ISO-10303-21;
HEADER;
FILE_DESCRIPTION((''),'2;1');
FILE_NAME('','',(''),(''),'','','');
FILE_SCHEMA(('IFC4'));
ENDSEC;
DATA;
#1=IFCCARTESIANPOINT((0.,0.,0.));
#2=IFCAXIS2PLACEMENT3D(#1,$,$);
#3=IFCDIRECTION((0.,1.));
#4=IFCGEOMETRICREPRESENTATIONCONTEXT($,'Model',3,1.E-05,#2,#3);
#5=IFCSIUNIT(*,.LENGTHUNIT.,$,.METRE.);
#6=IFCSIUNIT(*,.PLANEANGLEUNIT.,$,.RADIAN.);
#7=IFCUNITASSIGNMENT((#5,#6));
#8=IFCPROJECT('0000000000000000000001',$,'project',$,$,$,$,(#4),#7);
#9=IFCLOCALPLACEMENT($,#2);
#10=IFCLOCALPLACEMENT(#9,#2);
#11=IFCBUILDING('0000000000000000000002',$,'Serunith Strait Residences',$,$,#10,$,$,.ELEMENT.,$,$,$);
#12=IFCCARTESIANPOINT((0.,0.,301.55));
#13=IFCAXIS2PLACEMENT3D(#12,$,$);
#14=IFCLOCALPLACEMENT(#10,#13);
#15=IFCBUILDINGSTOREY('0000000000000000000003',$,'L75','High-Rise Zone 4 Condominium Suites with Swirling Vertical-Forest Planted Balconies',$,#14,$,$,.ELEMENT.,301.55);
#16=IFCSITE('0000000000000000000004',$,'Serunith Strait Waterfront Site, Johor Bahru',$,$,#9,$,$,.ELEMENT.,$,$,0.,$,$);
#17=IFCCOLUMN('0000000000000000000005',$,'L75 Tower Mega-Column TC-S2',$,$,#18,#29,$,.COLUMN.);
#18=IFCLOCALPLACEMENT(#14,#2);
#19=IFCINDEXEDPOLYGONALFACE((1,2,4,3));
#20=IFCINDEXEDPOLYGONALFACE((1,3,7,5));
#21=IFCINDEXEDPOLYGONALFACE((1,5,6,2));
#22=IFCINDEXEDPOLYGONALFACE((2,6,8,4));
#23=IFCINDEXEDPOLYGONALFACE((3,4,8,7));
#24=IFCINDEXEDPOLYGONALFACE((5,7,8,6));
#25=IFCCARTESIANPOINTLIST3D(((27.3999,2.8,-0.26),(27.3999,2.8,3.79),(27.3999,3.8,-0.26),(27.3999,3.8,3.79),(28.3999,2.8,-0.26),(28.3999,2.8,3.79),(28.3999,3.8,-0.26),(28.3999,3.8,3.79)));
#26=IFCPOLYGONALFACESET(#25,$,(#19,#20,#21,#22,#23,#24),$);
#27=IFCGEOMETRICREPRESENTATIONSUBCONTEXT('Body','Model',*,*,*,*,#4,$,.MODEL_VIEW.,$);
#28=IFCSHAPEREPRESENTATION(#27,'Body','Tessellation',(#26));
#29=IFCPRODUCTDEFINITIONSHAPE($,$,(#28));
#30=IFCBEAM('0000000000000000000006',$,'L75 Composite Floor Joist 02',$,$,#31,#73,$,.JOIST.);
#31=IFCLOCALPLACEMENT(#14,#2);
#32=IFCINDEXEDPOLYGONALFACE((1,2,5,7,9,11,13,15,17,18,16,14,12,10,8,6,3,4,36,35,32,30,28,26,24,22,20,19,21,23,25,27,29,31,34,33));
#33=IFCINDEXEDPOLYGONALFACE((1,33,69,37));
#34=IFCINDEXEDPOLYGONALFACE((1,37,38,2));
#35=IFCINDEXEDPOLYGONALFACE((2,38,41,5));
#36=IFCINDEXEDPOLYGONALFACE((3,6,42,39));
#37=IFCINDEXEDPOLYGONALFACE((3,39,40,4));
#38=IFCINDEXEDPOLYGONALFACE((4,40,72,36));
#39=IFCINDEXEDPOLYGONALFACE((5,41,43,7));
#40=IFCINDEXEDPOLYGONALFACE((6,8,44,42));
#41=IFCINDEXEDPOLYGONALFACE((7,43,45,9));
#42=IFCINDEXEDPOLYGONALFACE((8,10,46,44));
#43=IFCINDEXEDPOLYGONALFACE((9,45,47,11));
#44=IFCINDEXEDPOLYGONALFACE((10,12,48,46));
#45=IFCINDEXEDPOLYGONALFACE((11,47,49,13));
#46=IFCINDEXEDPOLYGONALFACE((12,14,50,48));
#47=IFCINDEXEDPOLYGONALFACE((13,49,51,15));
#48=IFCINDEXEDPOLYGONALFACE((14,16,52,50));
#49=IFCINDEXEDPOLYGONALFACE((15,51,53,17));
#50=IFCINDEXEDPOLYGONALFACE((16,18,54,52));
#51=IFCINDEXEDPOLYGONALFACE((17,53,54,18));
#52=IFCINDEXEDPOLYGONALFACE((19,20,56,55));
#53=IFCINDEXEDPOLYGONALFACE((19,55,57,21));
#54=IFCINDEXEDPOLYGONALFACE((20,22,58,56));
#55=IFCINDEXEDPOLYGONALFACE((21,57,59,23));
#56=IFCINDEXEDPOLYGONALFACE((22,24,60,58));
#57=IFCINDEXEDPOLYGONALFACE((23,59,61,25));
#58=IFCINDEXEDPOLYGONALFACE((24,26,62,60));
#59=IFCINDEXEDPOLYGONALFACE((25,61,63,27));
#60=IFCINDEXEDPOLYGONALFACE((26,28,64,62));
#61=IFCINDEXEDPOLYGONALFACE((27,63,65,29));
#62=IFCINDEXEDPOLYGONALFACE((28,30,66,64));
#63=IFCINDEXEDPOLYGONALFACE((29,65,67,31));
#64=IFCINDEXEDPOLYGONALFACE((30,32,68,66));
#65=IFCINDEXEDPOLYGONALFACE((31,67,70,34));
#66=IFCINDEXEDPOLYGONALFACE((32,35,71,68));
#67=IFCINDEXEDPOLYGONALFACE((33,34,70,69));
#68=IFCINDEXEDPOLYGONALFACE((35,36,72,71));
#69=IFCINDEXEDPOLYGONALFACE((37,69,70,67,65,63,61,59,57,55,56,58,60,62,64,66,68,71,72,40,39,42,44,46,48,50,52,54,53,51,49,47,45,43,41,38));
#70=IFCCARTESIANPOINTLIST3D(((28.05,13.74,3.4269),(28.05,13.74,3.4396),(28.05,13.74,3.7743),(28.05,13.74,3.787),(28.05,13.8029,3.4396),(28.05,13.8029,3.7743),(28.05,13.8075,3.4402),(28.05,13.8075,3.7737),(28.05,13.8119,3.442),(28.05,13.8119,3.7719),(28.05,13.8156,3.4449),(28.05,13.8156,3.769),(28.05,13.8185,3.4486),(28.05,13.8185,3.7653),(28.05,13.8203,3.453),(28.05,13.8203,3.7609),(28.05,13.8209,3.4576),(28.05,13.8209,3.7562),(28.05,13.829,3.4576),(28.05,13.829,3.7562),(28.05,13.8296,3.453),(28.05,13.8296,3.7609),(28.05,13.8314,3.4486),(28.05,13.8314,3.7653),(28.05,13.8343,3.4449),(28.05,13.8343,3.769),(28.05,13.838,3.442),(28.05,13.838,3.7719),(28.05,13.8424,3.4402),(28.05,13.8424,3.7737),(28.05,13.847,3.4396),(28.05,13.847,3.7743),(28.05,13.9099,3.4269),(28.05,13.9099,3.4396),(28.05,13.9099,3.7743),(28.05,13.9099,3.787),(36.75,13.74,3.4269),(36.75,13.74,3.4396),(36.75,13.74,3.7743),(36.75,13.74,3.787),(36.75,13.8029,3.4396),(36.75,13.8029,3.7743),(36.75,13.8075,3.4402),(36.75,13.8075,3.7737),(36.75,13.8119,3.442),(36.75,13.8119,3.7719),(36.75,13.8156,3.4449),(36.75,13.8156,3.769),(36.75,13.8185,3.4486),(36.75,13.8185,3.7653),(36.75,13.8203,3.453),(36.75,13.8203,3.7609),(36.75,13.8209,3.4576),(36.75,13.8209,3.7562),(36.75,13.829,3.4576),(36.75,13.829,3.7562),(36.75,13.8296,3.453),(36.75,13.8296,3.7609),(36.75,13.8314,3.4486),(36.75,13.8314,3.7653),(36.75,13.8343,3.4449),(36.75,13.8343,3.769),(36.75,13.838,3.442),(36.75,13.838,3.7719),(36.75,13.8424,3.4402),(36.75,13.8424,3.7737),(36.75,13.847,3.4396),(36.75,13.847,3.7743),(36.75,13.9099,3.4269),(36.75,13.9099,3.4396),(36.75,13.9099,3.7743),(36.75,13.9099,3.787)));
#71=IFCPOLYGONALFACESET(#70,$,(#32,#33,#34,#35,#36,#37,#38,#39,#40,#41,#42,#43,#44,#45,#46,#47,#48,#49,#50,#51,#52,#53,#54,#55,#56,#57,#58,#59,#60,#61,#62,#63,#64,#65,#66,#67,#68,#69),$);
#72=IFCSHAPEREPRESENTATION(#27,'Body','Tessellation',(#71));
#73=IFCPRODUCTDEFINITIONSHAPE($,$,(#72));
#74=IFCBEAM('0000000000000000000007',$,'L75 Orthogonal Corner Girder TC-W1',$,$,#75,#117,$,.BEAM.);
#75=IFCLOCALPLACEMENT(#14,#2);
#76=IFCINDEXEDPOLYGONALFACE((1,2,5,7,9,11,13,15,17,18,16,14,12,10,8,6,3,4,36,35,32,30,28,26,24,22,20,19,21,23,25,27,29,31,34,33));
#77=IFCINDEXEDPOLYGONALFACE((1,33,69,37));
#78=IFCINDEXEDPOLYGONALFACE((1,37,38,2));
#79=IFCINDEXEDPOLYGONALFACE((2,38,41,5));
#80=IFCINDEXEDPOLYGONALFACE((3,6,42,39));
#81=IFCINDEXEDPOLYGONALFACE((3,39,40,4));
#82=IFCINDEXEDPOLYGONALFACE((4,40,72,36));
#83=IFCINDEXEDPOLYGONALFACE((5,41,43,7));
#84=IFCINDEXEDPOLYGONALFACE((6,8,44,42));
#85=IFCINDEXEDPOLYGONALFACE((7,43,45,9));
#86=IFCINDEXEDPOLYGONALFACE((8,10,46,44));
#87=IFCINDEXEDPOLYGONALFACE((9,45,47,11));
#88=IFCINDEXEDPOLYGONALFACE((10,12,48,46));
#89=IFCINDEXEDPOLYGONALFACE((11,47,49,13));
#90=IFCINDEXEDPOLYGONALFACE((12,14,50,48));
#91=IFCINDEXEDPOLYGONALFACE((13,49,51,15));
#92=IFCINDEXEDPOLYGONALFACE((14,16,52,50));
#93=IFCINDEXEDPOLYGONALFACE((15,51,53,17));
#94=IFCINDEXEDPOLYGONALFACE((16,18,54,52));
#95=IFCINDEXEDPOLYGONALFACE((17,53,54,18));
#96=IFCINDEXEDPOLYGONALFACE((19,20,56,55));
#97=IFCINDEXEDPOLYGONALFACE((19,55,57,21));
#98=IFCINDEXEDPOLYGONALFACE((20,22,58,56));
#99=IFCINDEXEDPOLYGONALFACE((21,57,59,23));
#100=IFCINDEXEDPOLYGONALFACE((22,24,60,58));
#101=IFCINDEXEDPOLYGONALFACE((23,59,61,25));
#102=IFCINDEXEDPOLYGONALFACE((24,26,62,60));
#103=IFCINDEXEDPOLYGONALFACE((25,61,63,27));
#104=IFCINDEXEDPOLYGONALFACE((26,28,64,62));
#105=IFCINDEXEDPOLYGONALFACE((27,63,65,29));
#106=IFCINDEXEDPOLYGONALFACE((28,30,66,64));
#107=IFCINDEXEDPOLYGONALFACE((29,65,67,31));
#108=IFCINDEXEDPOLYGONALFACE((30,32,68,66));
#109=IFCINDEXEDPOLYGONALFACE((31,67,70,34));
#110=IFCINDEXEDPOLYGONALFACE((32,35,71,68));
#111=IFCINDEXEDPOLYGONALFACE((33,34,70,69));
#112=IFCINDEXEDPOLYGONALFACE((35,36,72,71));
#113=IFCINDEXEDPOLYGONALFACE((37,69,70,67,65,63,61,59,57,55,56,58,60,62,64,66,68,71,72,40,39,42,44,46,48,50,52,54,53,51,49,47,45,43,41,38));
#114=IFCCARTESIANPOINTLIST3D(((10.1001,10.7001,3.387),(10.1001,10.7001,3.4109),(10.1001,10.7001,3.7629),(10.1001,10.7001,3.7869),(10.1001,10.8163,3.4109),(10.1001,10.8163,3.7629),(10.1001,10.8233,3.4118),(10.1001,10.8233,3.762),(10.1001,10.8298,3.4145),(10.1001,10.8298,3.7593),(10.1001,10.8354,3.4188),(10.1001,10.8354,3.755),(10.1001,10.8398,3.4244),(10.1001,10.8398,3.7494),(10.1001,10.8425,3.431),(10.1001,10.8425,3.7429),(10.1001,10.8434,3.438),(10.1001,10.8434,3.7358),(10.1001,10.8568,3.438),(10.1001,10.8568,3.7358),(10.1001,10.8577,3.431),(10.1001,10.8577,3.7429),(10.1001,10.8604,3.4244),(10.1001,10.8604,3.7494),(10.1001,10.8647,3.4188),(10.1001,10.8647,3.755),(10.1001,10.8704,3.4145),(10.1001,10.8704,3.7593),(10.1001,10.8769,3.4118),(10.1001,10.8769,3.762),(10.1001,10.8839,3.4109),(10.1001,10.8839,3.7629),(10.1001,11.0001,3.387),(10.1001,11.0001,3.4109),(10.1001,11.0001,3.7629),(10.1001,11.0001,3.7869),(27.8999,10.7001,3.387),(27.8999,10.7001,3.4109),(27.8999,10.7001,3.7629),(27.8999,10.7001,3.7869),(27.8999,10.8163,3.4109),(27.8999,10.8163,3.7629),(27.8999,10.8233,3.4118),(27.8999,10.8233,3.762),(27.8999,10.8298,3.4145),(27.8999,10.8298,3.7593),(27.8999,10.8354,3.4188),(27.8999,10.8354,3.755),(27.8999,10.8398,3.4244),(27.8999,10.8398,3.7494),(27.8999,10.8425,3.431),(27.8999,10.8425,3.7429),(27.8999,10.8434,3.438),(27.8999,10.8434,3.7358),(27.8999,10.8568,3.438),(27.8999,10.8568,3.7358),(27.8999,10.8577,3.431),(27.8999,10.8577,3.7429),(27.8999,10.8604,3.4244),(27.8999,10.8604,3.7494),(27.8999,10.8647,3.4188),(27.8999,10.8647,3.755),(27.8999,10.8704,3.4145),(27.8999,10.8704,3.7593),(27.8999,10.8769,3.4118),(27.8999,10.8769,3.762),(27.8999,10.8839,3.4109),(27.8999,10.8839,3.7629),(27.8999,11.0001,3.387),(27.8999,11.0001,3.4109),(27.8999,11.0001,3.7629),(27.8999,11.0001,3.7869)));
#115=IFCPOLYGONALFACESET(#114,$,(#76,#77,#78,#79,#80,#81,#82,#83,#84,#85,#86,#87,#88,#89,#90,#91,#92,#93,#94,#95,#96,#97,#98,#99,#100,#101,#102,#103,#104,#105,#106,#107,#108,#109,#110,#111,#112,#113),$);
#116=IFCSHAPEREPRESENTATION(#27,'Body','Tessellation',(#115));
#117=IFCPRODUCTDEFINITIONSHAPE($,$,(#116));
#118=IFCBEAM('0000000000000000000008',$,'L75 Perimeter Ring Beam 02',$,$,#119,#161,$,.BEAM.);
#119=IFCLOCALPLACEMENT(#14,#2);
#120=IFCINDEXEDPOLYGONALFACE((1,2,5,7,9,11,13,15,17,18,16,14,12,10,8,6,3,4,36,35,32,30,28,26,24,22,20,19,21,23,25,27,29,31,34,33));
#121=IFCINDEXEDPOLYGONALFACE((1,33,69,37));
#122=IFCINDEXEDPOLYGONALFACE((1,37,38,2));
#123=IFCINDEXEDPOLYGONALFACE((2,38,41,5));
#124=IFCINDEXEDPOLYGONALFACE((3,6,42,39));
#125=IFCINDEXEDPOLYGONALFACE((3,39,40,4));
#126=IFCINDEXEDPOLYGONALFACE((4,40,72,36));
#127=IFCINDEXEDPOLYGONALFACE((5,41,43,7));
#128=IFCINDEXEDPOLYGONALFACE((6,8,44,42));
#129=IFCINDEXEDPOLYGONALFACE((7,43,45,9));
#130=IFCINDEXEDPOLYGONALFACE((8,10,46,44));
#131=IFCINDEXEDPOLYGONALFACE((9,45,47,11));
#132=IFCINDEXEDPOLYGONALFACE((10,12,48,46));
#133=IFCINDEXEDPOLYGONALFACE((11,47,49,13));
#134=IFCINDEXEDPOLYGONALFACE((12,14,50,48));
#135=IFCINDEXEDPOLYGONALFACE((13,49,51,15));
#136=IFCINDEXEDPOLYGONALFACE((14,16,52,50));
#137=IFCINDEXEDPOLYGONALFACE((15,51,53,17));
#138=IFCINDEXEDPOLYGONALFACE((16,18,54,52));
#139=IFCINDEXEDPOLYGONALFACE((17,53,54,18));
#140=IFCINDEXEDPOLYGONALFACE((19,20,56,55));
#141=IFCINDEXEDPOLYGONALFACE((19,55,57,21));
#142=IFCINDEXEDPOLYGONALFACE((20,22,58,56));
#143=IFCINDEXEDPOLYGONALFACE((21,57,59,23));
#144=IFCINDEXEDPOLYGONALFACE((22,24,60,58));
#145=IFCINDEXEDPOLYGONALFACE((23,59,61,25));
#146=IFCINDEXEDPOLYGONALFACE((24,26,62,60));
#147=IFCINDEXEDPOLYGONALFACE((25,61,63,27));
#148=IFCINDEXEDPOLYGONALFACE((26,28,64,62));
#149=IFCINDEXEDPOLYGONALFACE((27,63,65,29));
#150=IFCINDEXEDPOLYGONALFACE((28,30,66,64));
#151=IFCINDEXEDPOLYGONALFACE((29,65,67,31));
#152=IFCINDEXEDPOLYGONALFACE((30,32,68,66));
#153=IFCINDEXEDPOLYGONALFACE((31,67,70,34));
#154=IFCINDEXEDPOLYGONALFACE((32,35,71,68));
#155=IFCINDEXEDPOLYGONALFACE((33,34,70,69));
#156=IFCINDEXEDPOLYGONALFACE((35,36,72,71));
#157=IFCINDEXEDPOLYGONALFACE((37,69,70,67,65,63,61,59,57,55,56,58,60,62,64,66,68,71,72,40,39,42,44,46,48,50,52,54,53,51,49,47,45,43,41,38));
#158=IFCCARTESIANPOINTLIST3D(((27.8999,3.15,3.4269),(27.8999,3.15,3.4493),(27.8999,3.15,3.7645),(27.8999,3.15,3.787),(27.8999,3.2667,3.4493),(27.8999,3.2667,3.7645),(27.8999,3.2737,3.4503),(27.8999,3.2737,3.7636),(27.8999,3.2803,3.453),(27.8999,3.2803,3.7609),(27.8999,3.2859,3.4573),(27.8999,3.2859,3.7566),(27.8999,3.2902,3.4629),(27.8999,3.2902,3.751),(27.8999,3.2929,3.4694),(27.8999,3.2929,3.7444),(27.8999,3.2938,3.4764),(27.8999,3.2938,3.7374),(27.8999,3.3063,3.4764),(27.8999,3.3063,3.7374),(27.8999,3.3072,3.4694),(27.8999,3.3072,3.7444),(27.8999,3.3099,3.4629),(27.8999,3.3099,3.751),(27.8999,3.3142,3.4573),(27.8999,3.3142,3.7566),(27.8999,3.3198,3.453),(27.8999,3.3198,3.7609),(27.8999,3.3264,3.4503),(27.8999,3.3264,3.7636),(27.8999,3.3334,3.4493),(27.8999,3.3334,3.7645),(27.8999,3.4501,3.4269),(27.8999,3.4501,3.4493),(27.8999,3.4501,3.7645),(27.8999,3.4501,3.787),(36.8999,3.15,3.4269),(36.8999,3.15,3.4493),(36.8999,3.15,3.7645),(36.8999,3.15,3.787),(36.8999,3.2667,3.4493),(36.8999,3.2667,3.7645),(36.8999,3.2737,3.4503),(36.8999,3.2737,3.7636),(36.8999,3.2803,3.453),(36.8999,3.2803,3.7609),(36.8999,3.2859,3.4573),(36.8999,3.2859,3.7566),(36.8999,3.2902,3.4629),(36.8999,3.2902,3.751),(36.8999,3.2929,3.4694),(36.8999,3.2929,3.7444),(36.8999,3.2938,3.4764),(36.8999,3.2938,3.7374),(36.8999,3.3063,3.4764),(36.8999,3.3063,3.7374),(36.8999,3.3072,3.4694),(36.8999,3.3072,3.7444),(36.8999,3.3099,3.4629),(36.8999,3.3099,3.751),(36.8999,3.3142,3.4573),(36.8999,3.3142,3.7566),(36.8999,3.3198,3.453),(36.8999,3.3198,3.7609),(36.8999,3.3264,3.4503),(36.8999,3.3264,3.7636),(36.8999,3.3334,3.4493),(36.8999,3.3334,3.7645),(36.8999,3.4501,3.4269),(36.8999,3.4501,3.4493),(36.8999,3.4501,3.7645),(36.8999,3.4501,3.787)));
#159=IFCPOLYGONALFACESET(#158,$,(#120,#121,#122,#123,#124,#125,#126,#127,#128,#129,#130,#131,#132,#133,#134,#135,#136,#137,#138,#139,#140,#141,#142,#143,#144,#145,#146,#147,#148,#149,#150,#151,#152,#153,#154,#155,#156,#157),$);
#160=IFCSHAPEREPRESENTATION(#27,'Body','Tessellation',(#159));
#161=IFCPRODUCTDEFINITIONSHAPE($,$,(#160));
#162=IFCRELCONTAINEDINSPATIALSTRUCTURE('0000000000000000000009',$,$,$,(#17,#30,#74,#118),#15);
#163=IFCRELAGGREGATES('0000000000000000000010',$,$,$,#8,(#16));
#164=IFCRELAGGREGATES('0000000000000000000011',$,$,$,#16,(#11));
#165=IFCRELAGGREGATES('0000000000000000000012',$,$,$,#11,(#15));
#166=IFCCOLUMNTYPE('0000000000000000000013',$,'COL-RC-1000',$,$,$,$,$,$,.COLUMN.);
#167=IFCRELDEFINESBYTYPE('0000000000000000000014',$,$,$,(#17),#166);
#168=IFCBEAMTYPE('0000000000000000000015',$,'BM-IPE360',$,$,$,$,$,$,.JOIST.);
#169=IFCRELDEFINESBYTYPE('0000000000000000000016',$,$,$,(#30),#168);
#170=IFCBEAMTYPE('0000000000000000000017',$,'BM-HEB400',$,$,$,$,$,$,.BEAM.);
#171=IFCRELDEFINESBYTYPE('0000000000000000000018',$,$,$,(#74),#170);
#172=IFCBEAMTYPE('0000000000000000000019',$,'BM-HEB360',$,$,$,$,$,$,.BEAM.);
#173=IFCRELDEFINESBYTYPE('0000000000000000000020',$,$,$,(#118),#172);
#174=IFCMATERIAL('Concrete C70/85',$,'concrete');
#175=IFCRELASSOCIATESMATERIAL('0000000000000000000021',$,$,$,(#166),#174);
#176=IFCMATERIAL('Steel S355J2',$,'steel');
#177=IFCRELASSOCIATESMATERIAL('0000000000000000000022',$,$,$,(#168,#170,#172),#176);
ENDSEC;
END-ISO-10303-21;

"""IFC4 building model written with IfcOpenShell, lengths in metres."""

from ifc_helpers import new_model, si_unit, direction, frame, origin, origin_2d, place, context, subcontext, project, spatial, rectangle, i_section, extrude, source, transform, mapped, material, material_profile, profile_set, type_object, element, save


model = new_model("IFC4")

# Units and contexts
model_context = context("Model", 3, precision=1e-05, world=origin(), true_north=direction((0.0, 1.0)))
body_context = subcontext(model_context, "Body", "Model", "MODEL_VIEW")
ifc_project = project(units=[si_unit("LENGTHUNIT", "METRE"), si_unit("PLANEANGLEUNIT", "RADIAN")], contexts=[model_context])

# Site, building, storey
site_placement = place(None, origin())
site = spatial("IfcSite", under=ifc_project, at=site_placement, Name="Serunith Strait Waterfront Site, Johor Bahru", CompositionType="ELEMENT", RefElevation=0.0)
building_placement = place(site_placement, origin())
building = spatial("IfcBuilding", under=site, at=building_placement, Name="Serunith Strait Residences", CompositionType="ELEMENT")
storey_placement = place(building_placement, frame((0.0, 0.0, 301.55)))
storey = spatial("IfcBuildingStorey", under=building, at=storey_placement, Name="L75", Description="High-Rise Zone 4 Condominium Suites with Swirling Vertical-Forest Planted Balconies", CompositionType="ELEMENT", Elevation=301.55)

# Column
ifc_material_1 = material(Name="Concrete C70/85", Category="concrete")
ifc_material_profile_1 = material_profile(ifc_material_1, rectangle(XDim=1.0, YDim=1.0, at=origin_2d()), Name="RC 1000x1000")
ifc_profile_set_1 = profile_set([ifc_material_profile_1], Name="Concrete C70/85")
column_type = type_object("IfcColumnType", Name="COL-RC-1000", PredefinedType="COLUMN", material=ifc_profile_set_1)
shared_shape_1 = source(origin(), body_context, "Body", "SweptSolid", [
    extrude(rectangle(XDim=1.0, YDim=1.0, at=origin_2d()), origin(), (0.0, 0.0, 1.0), 4.05),
])
column_placement = place(storey_placement, frame((27.8999, 3.3, -0.26), z_axis=(0.0, 0.0, 1.0), x_axis=(1.0, 0.0, 0.0)))
element("IfcColumn", 1, at=column_placement, inside=storey, type_object=column_type, Name="L75 Tower Mega-Column TC-S2", PredefinedType="COLUMN", context=body_context, shape_type="MappedRepresentation", body=[
    mapped(shared_shape_1, transform((0.0, 0.0, 0.0), scale=1.0)),
])

# Beams
ifc_material_2 = material(Name="Steel S355J2", Category="steel")
ifc_material_profile_2 = material_profile(ifc_material_2, i_section(OverallWidth=0.1699, OverallDepth=0.3601, WebThickness=0.0081, FlangeThickness=0.0127, FilletRadius=0.0181, at=origin_2d()), Name="IPE 360")
ifc_profile_set_2 = profile_set([ifc_material_profile_2], Name="Steel S355J2")
beam_type_1 = type_object("IfcBeamType", Name="BM-IPE360", PredefinedType="JOIST", material=ifc_profile_set_2)
shared_shape_2 = source(origin(), body_context, "Body", "SweptSolid", [
    extrude(i_section(OverallWidth=0.1699, OverallDepth=0.3601, WebThickness=0.0081, FlangeThickness=0.0127, FilletRadius=0.0181, at=origin_2d()), origin(), (0.0, 0.0, 1.0), 8.7),
])
beam_1_placement = place(storey_placement, frame((28.05, 13.825, 3.6069), z_axis=(1.0, 0.0, 0.0), x_axis=(0.0, 1.0, 0.0)))
element("IfcBeam", 2, at=beam_1_placement, inside=storey, type_object=beam_type_1, Name="L75 Composite Floor Joist 02", PredefinedType="JOIST", context=body_context, shape_type="MappedRepresentation", body=[
    mapped(shared_shape_2, transform((0.0, 0.0, 0.0), scale=1.0)),
])
ifc_material_profile_3 = material_profile(ifc_material_2, i_section(OverallWidth=0.3, OverallDepth=0.3999, WebThickness=0.0134, FlangeThickness=0.0239, FilletRadius=0.0271, at=origin_2d()), Name="HEB 400")
ifc_profile_set_3 = profile_set([ifc_material_profile_3], Name="Steel S355J2")
beam_type_2 = type_object("IfcBeamType", Name="BM-HEB400", PredefinedType="BEAM", material=ifc_profile_set_3)
shared_shape_3 = source(origin(), body_context, "Body", "SweptSolid", [
    extrude(i_section(OverallWidth=0.3, OverallDepth=0.3999, WebThickness=0.0134, FlangeThickness=0.0239, FilletRadius=0.0271, at=origin_2d()), origin(), (0.0, 0.0, 1.0), 17.7998),
])
beam_2_placement = place(storey_placement, frame((27.8999, 10.8501, 3.5869), z_axis=(-1.0, 0.0, 0.0), x_axis=(0.0, -1.0, 0.0)))
element("IfcBeam", 3, at=beam_2_placement, inside=storey, type_object=beam_type_2, Name="L75 Orthogonal Corner Girder TC-W1", PredefinedType="BEAM", context=body_context, shape_type="MappedRepresentation", body=[
    mapped(shared_shape_3, transform((0.0, 0.0, 0.0), scale=1.0)),
])
ifc_material_profile_4 = material_profile(ifc_material_2, i_section(OverallWidth=0.3, OverallDepth=0.3601, WebThickness=0.0125, FlangeThickness=0.0225, FilletRadius=0.0271, at=origin_2d()), Name="HEB 360")
ifc_profile_set_4 = profile_set([ifc_material_profile_4], Name="Steel S355J2")
beam_type_3 = type_object("IfcBeamType", Name="BM-HEB360", PredefinedType="BEAM", material=ifc_profile_set_4)
shared_shape_4 = source(origin(), body_context, "Body", "SweptSolid", [
    extrude(i_section(OverallWidth=0.3, OverallDepth=0.3601, WebThickness=0.0125, FlangeThickness=0.0225, FilletRadius=0.0271, at=origin_2d()), origin(), (0.0, 0.0, 1.0), 9.0),
])
beam_3_placement = place(storey_placement, frame((27.8999, 3.3, 3.6069), z_axis=(1.0, 0.0, 0.0), x_axis=(0.0, 1.0, 0.0)))
element("IfcBeam", 4, at=beam_3_placement, inside=storey, type_object=beam_type_3, Name="L75 Perimeter Ring Beam 02", PredefinedType="BEAM", context=body_context, shape_type="MappedRepresentation", body=[
    mapped(shared_shape_4, transform((0.0, 0.0, 0.0), scale=1.0)),
])

save(model, "model.ifc")
